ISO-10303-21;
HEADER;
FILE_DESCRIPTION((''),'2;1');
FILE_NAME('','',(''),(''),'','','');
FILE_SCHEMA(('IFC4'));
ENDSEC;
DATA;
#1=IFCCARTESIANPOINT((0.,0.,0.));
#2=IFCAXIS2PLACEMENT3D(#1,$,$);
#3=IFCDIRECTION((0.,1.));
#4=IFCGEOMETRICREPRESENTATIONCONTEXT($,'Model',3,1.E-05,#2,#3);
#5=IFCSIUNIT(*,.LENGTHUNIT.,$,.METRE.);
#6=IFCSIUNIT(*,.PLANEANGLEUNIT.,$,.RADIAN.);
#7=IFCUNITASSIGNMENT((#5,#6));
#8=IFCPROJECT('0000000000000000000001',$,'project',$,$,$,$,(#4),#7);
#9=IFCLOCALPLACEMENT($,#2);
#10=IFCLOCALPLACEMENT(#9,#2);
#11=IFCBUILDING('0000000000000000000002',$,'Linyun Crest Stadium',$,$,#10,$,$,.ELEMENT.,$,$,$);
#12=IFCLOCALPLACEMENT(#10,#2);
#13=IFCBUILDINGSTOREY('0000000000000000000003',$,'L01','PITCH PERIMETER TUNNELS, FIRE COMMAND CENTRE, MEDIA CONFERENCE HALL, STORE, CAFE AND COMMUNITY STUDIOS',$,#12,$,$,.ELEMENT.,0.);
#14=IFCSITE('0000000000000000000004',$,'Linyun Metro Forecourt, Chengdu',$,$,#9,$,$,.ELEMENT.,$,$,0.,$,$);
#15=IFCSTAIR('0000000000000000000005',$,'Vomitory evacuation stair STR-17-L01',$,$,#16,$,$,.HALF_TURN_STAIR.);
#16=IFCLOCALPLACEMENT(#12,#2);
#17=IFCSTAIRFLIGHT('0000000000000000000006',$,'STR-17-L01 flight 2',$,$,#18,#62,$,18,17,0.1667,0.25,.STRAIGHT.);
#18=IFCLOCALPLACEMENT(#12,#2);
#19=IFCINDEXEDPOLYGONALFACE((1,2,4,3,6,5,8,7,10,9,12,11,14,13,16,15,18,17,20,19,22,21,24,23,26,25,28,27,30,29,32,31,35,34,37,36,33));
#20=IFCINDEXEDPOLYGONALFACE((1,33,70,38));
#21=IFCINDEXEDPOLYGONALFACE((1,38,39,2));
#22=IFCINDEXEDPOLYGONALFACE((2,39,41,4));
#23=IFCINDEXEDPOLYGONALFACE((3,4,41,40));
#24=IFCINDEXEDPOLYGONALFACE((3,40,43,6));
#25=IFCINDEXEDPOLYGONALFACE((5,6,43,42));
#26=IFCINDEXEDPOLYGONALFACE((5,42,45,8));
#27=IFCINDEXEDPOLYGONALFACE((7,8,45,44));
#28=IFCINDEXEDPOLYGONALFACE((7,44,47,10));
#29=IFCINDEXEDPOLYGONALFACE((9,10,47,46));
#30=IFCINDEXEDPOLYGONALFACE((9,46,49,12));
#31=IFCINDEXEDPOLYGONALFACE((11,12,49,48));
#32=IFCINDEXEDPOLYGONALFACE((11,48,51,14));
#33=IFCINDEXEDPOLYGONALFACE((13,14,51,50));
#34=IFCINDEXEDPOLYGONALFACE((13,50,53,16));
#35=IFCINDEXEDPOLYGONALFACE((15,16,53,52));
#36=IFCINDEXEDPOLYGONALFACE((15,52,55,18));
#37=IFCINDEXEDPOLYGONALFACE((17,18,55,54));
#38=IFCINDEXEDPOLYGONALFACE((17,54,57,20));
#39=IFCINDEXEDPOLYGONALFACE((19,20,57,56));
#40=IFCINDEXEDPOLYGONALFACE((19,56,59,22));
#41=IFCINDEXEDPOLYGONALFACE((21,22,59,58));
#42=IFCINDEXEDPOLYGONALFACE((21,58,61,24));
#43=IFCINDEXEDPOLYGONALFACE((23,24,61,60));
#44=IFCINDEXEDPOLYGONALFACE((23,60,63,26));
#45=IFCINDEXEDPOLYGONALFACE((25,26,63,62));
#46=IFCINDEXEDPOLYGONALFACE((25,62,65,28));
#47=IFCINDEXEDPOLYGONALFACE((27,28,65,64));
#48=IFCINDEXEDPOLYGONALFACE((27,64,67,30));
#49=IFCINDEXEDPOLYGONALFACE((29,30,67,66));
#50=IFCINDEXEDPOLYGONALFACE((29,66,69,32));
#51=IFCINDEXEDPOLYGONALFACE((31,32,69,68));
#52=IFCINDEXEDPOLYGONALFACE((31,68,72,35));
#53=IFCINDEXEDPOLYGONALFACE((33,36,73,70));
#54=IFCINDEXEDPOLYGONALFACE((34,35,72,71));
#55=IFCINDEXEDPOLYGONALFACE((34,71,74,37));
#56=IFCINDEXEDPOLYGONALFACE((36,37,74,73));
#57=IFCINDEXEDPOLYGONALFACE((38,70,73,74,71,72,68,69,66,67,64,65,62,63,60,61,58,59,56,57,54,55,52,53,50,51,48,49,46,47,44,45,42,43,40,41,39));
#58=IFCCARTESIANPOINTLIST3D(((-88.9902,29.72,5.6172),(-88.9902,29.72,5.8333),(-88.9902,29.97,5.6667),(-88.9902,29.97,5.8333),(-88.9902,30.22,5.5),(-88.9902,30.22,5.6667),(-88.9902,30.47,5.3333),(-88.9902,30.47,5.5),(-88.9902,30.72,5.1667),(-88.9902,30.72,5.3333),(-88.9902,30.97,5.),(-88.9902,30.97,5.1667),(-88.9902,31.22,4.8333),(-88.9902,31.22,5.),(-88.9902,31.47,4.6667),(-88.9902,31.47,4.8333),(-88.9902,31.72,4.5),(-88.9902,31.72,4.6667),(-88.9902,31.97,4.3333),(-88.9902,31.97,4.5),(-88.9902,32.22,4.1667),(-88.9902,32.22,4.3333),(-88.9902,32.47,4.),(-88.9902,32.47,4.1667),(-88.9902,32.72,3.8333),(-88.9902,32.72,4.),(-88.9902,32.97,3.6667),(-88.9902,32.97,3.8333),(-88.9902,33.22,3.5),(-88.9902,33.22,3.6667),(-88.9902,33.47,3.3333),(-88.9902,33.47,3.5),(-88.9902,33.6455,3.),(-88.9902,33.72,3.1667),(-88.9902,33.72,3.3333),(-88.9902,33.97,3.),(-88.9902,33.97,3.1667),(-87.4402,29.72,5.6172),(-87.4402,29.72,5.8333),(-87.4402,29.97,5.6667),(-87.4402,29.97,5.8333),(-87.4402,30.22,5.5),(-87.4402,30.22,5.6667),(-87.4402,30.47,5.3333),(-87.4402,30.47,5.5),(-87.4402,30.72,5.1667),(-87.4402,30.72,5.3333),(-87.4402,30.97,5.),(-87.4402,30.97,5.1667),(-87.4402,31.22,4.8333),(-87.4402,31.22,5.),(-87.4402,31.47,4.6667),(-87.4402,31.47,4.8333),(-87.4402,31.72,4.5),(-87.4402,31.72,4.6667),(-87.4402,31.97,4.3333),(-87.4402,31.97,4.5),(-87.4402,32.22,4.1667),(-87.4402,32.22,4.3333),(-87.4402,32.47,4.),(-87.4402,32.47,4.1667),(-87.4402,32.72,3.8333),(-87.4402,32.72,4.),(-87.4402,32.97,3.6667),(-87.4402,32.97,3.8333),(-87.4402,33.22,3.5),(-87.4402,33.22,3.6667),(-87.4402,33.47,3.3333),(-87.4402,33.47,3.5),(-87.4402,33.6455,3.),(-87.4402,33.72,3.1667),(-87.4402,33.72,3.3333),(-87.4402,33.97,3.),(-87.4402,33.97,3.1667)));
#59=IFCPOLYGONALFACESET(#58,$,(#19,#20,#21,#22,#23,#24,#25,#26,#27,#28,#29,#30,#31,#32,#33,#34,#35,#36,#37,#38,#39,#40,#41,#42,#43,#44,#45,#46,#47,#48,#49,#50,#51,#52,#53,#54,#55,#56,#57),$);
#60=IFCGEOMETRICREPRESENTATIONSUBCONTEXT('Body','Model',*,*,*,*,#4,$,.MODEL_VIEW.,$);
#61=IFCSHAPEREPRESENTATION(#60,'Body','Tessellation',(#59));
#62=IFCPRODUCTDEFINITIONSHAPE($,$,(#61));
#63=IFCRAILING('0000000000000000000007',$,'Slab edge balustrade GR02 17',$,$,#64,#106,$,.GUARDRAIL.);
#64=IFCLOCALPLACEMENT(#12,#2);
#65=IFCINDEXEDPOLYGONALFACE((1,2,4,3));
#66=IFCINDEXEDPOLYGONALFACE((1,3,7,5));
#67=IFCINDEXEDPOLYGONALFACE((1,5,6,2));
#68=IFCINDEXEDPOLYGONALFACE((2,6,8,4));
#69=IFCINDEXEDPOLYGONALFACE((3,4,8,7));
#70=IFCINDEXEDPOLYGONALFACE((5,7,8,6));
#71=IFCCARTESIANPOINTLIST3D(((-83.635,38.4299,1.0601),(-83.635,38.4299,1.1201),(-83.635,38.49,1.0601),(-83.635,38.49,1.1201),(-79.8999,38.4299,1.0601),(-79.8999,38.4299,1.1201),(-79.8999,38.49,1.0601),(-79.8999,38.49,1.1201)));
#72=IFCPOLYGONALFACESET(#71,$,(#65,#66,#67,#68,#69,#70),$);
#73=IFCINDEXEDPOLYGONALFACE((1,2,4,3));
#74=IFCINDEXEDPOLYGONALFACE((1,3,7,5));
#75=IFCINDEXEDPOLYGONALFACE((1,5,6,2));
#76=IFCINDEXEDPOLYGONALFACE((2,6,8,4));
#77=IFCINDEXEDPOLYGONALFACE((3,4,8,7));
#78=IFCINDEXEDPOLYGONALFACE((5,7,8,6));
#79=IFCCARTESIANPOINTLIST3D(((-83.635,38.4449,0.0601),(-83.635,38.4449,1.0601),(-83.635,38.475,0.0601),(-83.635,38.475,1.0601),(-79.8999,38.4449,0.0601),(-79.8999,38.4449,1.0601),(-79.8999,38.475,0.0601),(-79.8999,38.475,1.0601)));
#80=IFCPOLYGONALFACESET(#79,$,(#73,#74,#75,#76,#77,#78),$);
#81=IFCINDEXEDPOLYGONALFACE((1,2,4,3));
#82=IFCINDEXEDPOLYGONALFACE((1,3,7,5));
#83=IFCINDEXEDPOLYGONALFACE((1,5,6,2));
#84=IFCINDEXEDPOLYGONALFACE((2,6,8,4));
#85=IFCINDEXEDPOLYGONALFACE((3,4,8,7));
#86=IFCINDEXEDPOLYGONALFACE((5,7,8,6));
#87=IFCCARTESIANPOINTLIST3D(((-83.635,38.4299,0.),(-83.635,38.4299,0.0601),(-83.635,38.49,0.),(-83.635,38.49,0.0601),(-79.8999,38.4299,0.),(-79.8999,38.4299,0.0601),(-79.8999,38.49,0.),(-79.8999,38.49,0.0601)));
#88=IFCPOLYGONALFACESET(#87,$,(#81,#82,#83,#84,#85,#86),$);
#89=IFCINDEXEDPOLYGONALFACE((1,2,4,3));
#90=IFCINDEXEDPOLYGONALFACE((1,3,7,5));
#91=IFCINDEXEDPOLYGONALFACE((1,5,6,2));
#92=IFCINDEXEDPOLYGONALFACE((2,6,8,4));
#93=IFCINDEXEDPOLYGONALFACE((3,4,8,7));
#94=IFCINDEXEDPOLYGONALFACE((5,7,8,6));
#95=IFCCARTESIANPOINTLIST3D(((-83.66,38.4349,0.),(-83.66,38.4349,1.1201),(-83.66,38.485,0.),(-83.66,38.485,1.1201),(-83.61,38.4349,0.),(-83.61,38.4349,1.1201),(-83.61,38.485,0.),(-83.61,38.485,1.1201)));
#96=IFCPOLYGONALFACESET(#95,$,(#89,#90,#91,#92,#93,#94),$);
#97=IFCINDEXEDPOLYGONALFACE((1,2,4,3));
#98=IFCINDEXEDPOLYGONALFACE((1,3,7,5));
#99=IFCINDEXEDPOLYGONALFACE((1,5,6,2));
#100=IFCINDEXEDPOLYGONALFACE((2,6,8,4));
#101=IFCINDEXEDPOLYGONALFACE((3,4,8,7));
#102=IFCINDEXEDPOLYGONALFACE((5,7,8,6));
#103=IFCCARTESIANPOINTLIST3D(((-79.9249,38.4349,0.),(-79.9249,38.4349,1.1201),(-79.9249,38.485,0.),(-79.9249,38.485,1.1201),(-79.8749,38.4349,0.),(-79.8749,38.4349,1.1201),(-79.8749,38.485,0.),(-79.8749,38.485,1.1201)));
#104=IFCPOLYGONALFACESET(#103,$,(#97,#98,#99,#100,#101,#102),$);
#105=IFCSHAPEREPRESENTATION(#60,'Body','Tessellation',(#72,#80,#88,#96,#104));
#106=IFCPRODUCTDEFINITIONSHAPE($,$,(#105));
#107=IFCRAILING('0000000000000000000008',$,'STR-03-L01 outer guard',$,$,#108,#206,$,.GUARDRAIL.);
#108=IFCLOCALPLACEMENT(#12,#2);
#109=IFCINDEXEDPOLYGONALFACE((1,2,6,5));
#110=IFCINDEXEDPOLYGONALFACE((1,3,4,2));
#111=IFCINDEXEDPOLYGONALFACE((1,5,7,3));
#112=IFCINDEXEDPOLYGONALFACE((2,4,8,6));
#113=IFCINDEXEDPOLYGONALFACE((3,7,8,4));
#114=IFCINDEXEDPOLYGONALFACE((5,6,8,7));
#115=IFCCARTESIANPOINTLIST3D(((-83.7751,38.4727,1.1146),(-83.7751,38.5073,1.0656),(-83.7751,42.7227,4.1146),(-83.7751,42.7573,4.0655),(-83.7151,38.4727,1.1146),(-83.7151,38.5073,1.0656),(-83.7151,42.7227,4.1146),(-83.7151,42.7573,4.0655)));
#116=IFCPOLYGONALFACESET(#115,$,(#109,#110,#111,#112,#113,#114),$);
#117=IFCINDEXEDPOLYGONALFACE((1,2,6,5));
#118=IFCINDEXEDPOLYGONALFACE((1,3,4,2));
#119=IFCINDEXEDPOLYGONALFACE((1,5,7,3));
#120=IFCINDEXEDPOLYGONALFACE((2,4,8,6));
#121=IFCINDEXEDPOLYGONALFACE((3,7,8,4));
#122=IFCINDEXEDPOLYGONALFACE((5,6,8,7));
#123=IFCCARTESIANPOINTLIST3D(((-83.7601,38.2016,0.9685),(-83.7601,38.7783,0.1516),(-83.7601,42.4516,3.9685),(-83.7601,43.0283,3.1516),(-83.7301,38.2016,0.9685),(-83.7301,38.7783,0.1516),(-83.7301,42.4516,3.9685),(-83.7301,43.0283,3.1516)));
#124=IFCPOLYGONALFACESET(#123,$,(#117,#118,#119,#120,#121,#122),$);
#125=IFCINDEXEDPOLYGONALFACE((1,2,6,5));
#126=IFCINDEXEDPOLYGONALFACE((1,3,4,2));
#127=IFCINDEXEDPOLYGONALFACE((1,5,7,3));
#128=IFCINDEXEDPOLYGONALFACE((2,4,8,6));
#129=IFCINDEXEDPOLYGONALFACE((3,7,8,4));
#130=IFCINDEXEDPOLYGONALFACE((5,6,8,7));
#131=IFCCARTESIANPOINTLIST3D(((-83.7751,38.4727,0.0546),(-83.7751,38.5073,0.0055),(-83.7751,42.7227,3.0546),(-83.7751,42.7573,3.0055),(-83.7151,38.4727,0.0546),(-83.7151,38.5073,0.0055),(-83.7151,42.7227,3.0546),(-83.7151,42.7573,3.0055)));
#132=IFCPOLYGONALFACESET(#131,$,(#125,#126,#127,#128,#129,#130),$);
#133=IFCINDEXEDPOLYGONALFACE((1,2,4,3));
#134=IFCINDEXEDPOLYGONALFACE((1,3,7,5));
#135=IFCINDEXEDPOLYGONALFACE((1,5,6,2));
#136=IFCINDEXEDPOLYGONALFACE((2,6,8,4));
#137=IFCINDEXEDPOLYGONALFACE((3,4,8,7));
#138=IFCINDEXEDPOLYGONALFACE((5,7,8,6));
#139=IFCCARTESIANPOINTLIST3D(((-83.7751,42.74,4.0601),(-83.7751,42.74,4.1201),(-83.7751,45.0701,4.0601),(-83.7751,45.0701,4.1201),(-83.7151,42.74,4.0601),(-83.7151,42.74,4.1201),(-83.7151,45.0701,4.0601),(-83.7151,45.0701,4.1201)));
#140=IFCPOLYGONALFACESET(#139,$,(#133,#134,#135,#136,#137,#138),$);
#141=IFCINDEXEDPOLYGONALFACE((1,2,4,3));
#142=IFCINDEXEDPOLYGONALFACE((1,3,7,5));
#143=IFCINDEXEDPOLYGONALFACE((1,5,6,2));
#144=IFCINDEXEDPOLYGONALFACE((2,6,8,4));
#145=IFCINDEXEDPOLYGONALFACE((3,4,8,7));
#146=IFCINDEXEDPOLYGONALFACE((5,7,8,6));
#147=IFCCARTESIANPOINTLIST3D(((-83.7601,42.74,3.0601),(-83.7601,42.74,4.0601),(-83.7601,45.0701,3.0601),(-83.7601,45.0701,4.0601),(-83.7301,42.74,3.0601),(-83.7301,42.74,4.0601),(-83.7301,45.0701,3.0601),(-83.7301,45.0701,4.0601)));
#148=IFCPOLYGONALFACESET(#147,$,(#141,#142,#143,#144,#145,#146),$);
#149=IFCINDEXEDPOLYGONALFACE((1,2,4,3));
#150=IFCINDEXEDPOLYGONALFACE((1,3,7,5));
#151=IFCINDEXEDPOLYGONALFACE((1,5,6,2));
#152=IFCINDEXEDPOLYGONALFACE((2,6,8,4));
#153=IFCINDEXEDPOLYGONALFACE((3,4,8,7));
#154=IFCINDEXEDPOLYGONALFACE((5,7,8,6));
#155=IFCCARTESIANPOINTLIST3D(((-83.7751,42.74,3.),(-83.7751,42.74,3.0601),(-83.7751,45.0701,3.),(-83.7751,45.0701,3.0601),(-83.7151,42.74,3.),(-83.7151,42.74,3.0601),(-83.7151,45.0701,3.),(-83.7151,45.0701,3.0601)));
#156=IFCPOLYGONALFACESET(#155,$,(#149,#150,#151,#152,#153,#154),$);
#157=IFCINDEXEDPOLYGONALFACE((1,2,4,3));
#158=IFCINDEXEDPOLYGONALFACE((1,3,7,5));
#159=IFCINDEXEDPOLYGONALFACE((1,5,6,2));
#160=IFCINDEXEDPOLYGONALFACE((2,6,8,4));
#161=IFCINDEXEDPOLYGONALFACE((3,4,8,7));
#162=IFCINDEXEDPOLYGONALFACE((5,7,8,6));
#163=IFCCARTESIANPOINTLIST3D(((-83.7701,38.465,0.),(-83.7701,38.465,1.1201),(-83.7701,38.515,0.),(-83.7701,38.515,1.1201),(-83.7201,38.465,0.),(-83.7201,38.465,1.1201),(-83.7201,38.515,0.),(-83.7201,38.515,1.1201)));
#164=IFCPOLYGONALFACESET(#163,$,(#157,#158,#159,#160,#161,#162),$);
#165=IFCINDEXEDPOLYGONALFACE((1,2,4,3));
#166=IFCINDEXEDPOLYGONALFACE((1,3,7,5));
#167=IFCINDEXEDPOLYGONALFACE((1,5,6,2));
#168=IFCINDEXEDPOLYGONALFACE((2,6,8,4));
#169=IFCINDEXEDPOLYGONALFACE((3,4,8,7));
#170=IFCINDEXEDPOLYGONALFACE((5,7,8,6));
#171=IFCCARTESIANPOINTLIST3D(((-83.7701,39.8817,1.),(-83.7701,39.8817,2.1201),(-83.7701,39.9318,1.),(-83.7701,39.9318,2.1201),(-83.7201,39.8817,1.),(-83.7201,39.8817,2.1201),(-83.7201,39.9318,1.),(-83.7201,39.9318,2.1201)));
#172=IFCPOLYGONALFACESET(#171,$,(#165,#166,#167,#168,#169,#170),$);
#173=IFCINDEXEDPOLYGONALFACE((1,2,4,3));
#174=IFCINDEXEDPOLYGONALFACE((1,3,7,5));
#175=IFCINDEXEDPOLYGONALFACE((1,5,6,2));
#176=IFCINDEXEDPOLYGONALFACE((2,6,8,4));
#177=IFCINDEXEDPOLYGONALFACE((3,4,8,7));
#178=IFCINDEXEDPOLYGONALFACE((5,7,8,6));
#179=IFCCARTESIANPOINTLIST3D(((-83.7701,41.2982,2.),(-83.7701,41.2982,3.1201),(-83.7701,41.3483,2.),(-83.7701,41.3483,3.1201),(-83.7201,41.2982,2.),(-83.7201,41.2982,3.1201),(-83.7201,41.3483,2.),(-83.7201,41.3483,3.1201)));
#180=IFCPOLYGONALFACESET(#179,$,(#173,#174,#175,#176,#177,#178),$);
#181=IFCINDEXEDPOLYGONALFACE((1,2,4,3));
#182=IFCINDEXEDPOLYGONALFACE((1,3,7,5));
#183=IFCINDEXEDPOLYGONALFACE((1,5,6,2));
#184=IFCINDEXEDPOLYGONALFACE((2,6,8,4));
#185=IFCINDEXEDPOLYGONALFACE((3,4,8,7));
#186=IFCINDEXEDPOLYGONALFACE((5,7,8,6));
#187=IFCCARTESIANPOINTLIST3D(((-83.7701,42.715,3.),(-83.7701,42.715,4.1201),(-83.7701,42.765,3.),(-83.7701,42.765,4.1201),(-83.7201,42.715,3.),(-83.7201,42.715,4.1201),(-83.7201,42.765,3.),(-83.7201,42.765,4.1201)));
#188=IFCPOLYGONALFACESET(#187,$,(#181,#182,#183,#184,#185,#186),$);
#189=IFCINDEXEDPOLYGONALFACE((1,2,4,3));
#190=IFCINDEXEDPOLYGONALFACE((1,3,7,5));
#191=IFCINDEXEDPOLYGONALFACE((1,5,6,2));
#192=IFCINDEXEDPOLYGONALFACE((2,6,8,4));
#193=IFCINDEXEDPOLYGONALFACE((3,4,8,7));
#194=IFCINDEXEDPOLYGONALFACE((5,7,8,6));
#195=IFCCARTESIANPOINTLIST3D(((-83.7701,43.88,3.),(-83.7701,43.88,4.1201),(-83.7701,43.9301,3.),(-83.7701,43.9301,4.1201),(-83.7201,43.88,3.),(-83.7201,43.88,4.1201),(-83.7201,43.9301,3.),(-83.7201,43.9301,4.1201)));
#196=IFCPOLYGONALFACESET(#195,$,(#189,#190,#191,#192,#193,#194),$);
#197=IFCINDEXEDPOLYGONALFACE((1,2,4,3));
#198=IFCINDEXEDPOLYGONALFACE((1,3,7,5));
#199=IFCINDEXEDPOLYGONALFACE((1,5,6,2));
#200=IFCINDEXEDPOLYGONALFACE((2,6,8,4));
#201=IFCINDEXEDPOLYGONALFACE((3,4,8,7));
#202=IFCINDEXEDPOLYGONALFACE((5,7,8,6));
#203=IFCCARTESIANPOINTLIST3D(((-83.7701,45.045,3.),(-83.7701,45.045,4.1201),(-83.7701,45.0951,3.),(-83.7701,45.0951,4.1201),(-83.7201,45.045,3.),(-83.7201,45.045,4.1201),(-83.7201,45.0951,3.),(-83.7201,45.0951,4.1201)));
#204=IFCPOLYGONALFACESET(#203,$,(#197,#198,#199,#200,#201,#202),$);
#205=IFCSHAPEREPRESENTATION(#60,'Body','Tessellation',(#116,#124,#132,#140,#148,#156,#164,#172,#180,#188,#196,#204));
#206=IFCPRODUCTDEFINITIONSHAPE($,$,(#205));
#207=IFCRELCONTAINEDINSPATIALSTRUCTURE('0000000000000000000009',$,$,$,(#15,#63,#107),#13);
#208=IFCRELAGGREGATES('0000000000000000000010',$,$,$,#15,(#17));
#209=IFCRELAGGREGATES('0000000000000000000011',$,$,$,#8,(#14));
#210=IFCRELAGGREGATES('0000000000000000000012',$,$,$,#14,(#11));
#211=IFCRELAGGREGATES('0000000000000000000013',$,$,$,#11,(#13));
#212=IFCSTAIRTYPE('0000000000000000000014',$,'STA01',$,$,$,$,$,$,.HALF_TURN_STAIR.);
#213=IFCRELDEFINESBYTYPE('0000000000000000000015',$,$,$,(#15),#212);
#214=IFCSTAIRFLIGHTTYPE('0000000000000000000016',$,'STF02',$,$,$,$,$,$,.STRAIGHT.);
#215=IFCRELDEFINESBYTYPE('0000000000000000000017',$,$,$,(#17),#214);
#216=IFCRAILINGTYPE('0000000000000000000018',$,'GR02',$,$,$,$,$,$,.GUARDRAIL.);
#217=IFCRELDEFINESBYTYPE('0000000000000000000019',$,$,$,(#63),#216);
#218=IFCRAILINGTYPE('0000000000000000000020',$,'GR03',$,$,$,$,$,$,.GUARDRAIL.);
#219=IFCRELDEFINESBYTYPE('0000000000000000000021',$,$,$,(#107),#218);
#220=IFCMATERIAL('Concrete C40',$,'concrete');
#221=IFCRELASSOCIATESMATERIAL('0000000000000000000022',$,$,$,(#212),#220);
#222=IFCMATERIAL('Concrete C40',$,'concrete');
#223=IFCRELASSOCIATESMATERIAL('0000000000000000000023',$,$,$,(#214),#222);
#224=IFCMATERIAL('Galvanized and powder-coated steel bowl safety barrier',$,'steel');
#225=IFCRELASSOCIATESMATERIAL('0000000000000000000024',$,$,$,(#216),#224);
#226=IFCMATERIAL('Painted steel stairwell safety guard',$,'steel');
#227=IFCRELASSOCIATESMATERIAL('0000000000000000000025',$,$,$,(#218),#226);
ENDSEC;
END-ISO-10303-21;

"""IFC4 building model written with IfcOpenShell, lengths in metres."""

from ifc_helpers import new_model, si_unit, direction, frame, origin, origin_2d, place, context, subcontext, project, spatial, polyline, rectangle, outline, extrude, material, type_object, element, aggregate, save


model = new_model("IFC4")

# Units and contexts
model_context = context("Model", 3, precision=1e-05, world=origin(), true_north=direction((0.0, 1.0)))
body_context = subcontext(model_context, "Body", "Model", "MODEL_VIEW")
ifc_project = project(units=[si_unit("LENGTHUNIT", "METRE"), si_unit("PLANEANGLEUNIT", "RADIAN")], contexts=[model_context])

# Site, building, storey
site_placement = place(None, origin())
site = spatial("IfcSite", under=ifc_project, at=site_placement, Name="Linyun Metro Forecourt, Chengdu", CompositionType="ELEMENT", RefElevation=0.0)
building_placement = place(site_placement, origin())
building = spatial("IfcBuilding", under=site, at=building_placement, Name="Linyun Crest Stadium", CompositionType="ELEMENT")
storey_placement = place(building_placement, origin())
storey = spatial("IfcBuildingStorey", under=building, at=storey_placement, Name="L01", Description="PITCH PERIMETER TUNNELS, FIRE COMMAND CENTRE, MEDIA CONFERENCE HALL, STORE, CAFE AND COMMUNITY STUDIOS", CompositionType="ELEMENT", Elevation=0.0)

# Shared definitions
ifc_material_1 = material(Name="Concrete C40", Category="concrete")
stair_type = type_object("IfcStairType", Name="STA01", PredefinedType="HALF_TURN_STAIR", material=ifc_material_1)

# Stair, stair flight
stair_1_placement = place(storey_placement, origin())
stair_1 = element("IfcStair", 1, at=stair_1_placement, inside=storey, type_object=stair_type, Name="Vomitory evacuation stair STR-17-L01", PredefinedType="HALF_TURN_STAIR")
ifc_material_2 = material(Name="Concrete C40", Category="concrete")
stair_flight_type_1 = type_object("IfcStairFlightType", Name="STF02", PredefinedType="STRAIGHT", material=ifc_material_2)
stair_flight_1_placement = place(storey_placement, frame((-88.2151, 33.97, 3.0), z_axis=(0.0, 0.0, 1.0), x_axis=(0.0, -1.0, 0.0)))
stair_flight_1 = element("IfcStairFlight", 2, at=stair_flight_1_placement, type_object=stair_flight_type_1, Name="STR-17-L01 flight 2", NumberOfRisers=18, NumberOfTreads=17, PredefinedType="STRAIGHT", RiserHeight=0.1667, TreadLength=0.25, context=body_context, shape_type="SweptSolid", body=[
    extrude(outline(polyline([(0.0, 0.0), (0.0, 0.1667), (0.25, 0.1667), (0.25, 0.3333), (0.5, 0.3333), (0.5, 0.5), (0.75, 0.5), (0.75, 0.6667), (1.0, 0.6667), (1.0, 0.8333), (1.25, 0.8333), (1.25, 1.0), (1.5, 1.0), (1.5, 1.1667), (1.75, 1.1667), (1.75, 1.3333), (2.0, 1.3333), (2.0, 1.5), (2.25, 1.5), (2.25, 1.6667), (2.5, 1.6667), (2.5, 1.8333), (2.75, 1.8333), (2.75, 2.0), (3.0, 2.0), (3.0, 2.1667), (3.25, 2.1667), (3.25, 2.3333), (3.5, 2.3333), (3.5, 2.5), (3.75, 2.5), (3.75, 2.6667), (4.0, 2.6667), (4.0, 2.8333), (4.25, 2.8333), (4.25, 3.0), (4.25, 2.6172), (0.3245, 0.0), (0.0, 0.0)])), frame((0.0, 0.7749, 0.0), z_axis=(0.0, -1.0, 0.0), x_axis=(1.0, 0.0, 0.0)), (0.0, 0.0, 1.0), 1.55),
])
aggregate(stair_1, [stair_flight_1])

# Railings
ifc_material_3 = material(Name="Galvanized and powder-coated steel bowl safety barrier", Category="steel")
railing_type_1 = type_object("IfcRailingType", Name="GR02", PredefinedType="GUARDRAIL", material=ifc_material_3)
railing_1_placement = place(storey_placement, frame((-83.635, 38.46, 0.0)))
element("IfcRailing", 3, at=railing_1_placement, inside=storey, type_object=railing_type_1, Name="Slab edge balustrade GR02 17", PredefinedType="GUARDRAIL", context=body_context, shape_type="SweptSolid", body=[
    extrude(rectangle(XDim=0.0601, YDim=0.0601, at=origin_2d()), frame((0.0, 0.0, 1.0901), z_axis=(1.0, 0.0, 0.0), x_axis=(0.0, 1.0, 0.0)), (0.0, 0.0, 1.0), 3.7351),
    extrude(rectangle(XDim=0.03, YDim=1.0, at=origin_2d()), frame((0.0, 0.0, 0.5601), z_axis=(1.0, 0.0, 0.0), x_axis=(0.0, 1.0, 0.0)), (0.0, 0.0, 1.0), 3.7351),
    extrude(rectangle(XDim=0.0601, YDim=0.0601, at=origin_2d()), frame((0.0, 0.0, 0.03), z_axis=(1.0, 0.0, 0.0), x_axis=(0.0, 1.0, 0.0)), (0.0, 0.0, 1.0), 3.7351),
    extrude(rectangle(XDim=0.05, YDim=0.05, at=origin_2d()), origin(), (0.0, 0.0, 1.0), 1.1201),
    extrude(rectangle(XDim=0.05, YDim=0.05, at=origin_2d()), frame((3.7351, 0.0, 0.0)), (0.0, 0.0, 1.0), 1.1201),
])
ifc_material_4 = material(Name="Painted steel stairwell safety guard", Category="steel")
railing_type_2 = type_object("IfcRailingType", Name="GR03", PredefinedType="GUARDRAIL", material=ifc_material_4)
railing_2_placement = place(storey_placement, frame((-83.7451, 38.49, 0.0)))
element("IfcRailing", 4, at=railing_2_placement, inside=storey, type_object=railing_type_2, Name="STR-03-L01 outer guard", PredefinedType="GUARDRAIL", context=body_context, shape_type="SweptSolid", body=[
    extrude(rectangle(XDim=0.0601, YDim=0.0601, at=origin_2d()), frame((0.0, 0.0, 1.0901), z_axis=(0.0, 0.816968, 0.576683), x_axis=(-1.0, 0.0, 0.0)), (0.0, 0.0, 1.0), 5.2021),
    extrude(rectangle(XDim=0.03, YDim=1.0, at=origin_2d()), frame((0.0, 0.0, 0.5601), z_axis=(0.0, 0.816968, 0.576683), x_axis=(-1.0, 0.0, 0.0)), (0.0, 0.0, 1.0), 5.2021),
    extrude(rectangle(XDim=0.0601, YDim=0.0601, at=origin_2d()), frame((0.0, 0.0, 0.03), z_axis=(0.0, 0.816968, 0.576683), x_axis=(-1.0, 0.0, 0.0)), (0.0, 0.0, 1.0), 5.2021),
    extrude(rectangle(XDim=0.0601, YDim=0.0601, at=origin_2d()), frame((0.0, 4.25, 4.0901), z_axis=(0.0, 1.0, 0.0), x_axis=(-1.0, 0.0, 0.0)), (0.0, 0.0, 1.0), 2.3301),
    extrude(rectangle(XDim=0.03, YDim=1.0, at=origin_2d()), frame((0.0, 4.25, 3.5601), z_axis=(0.0, 1.0, 0.0), x_axis=(-1.0, 0.0, 0.0)), (0.0, 0.0, 1.0), 2.3301),
    extrude(rectangle(XDim=0.0601, YDim=0.0601, at=origin_2d()), frame((0.0, 4.25, 3.03), z_axis=(0.0, 1.0, 0.0), x_axis=(-1.0, 0.0, 0.0)), (0.0, 0.0, 1.0), 2.3301),
    extrude(rectangle(XDim=0.05, YDim=0.05, at=origin_2d()), origin(), (0.0, 0.0, 1.0), 1.1201),
    extrude(rectangle(XDim=0.05, YDim=0.05, at=origin_2d()), frame((0.0, 1.4167, 1.0)), (0.0, 0.0, 1.0), 1.1201),
    extrude(rectangle(XDim=0.05, YDim=0.05, at=origin_2d()), frame((0.0, 2.8333, 2.0)), (0.0, 0.0, 1.0), 1.1201),
    extrude(rectangle(XDim=0.05, YDim=0.05, at=origin_2d()), frame((0.0, 4.25, 3.0)), (0.0, 0.0, 1.0), 1.1201),
    extrude(rectangle(XDim=0.05, YDim=0.05, at=origin_2d()), frame((0.0, 5.415, 3.0)), (0.0, 0.0, 1.0), 1.1201),
    extrude(rectangle(XDim=0.05, YDim=0.05, at=origin_2d()), frame((0.0, 6.5801, 3.0)), (0.0, 0.0, 1.0), 1.1201),
])

save(model, "model.ifc")
